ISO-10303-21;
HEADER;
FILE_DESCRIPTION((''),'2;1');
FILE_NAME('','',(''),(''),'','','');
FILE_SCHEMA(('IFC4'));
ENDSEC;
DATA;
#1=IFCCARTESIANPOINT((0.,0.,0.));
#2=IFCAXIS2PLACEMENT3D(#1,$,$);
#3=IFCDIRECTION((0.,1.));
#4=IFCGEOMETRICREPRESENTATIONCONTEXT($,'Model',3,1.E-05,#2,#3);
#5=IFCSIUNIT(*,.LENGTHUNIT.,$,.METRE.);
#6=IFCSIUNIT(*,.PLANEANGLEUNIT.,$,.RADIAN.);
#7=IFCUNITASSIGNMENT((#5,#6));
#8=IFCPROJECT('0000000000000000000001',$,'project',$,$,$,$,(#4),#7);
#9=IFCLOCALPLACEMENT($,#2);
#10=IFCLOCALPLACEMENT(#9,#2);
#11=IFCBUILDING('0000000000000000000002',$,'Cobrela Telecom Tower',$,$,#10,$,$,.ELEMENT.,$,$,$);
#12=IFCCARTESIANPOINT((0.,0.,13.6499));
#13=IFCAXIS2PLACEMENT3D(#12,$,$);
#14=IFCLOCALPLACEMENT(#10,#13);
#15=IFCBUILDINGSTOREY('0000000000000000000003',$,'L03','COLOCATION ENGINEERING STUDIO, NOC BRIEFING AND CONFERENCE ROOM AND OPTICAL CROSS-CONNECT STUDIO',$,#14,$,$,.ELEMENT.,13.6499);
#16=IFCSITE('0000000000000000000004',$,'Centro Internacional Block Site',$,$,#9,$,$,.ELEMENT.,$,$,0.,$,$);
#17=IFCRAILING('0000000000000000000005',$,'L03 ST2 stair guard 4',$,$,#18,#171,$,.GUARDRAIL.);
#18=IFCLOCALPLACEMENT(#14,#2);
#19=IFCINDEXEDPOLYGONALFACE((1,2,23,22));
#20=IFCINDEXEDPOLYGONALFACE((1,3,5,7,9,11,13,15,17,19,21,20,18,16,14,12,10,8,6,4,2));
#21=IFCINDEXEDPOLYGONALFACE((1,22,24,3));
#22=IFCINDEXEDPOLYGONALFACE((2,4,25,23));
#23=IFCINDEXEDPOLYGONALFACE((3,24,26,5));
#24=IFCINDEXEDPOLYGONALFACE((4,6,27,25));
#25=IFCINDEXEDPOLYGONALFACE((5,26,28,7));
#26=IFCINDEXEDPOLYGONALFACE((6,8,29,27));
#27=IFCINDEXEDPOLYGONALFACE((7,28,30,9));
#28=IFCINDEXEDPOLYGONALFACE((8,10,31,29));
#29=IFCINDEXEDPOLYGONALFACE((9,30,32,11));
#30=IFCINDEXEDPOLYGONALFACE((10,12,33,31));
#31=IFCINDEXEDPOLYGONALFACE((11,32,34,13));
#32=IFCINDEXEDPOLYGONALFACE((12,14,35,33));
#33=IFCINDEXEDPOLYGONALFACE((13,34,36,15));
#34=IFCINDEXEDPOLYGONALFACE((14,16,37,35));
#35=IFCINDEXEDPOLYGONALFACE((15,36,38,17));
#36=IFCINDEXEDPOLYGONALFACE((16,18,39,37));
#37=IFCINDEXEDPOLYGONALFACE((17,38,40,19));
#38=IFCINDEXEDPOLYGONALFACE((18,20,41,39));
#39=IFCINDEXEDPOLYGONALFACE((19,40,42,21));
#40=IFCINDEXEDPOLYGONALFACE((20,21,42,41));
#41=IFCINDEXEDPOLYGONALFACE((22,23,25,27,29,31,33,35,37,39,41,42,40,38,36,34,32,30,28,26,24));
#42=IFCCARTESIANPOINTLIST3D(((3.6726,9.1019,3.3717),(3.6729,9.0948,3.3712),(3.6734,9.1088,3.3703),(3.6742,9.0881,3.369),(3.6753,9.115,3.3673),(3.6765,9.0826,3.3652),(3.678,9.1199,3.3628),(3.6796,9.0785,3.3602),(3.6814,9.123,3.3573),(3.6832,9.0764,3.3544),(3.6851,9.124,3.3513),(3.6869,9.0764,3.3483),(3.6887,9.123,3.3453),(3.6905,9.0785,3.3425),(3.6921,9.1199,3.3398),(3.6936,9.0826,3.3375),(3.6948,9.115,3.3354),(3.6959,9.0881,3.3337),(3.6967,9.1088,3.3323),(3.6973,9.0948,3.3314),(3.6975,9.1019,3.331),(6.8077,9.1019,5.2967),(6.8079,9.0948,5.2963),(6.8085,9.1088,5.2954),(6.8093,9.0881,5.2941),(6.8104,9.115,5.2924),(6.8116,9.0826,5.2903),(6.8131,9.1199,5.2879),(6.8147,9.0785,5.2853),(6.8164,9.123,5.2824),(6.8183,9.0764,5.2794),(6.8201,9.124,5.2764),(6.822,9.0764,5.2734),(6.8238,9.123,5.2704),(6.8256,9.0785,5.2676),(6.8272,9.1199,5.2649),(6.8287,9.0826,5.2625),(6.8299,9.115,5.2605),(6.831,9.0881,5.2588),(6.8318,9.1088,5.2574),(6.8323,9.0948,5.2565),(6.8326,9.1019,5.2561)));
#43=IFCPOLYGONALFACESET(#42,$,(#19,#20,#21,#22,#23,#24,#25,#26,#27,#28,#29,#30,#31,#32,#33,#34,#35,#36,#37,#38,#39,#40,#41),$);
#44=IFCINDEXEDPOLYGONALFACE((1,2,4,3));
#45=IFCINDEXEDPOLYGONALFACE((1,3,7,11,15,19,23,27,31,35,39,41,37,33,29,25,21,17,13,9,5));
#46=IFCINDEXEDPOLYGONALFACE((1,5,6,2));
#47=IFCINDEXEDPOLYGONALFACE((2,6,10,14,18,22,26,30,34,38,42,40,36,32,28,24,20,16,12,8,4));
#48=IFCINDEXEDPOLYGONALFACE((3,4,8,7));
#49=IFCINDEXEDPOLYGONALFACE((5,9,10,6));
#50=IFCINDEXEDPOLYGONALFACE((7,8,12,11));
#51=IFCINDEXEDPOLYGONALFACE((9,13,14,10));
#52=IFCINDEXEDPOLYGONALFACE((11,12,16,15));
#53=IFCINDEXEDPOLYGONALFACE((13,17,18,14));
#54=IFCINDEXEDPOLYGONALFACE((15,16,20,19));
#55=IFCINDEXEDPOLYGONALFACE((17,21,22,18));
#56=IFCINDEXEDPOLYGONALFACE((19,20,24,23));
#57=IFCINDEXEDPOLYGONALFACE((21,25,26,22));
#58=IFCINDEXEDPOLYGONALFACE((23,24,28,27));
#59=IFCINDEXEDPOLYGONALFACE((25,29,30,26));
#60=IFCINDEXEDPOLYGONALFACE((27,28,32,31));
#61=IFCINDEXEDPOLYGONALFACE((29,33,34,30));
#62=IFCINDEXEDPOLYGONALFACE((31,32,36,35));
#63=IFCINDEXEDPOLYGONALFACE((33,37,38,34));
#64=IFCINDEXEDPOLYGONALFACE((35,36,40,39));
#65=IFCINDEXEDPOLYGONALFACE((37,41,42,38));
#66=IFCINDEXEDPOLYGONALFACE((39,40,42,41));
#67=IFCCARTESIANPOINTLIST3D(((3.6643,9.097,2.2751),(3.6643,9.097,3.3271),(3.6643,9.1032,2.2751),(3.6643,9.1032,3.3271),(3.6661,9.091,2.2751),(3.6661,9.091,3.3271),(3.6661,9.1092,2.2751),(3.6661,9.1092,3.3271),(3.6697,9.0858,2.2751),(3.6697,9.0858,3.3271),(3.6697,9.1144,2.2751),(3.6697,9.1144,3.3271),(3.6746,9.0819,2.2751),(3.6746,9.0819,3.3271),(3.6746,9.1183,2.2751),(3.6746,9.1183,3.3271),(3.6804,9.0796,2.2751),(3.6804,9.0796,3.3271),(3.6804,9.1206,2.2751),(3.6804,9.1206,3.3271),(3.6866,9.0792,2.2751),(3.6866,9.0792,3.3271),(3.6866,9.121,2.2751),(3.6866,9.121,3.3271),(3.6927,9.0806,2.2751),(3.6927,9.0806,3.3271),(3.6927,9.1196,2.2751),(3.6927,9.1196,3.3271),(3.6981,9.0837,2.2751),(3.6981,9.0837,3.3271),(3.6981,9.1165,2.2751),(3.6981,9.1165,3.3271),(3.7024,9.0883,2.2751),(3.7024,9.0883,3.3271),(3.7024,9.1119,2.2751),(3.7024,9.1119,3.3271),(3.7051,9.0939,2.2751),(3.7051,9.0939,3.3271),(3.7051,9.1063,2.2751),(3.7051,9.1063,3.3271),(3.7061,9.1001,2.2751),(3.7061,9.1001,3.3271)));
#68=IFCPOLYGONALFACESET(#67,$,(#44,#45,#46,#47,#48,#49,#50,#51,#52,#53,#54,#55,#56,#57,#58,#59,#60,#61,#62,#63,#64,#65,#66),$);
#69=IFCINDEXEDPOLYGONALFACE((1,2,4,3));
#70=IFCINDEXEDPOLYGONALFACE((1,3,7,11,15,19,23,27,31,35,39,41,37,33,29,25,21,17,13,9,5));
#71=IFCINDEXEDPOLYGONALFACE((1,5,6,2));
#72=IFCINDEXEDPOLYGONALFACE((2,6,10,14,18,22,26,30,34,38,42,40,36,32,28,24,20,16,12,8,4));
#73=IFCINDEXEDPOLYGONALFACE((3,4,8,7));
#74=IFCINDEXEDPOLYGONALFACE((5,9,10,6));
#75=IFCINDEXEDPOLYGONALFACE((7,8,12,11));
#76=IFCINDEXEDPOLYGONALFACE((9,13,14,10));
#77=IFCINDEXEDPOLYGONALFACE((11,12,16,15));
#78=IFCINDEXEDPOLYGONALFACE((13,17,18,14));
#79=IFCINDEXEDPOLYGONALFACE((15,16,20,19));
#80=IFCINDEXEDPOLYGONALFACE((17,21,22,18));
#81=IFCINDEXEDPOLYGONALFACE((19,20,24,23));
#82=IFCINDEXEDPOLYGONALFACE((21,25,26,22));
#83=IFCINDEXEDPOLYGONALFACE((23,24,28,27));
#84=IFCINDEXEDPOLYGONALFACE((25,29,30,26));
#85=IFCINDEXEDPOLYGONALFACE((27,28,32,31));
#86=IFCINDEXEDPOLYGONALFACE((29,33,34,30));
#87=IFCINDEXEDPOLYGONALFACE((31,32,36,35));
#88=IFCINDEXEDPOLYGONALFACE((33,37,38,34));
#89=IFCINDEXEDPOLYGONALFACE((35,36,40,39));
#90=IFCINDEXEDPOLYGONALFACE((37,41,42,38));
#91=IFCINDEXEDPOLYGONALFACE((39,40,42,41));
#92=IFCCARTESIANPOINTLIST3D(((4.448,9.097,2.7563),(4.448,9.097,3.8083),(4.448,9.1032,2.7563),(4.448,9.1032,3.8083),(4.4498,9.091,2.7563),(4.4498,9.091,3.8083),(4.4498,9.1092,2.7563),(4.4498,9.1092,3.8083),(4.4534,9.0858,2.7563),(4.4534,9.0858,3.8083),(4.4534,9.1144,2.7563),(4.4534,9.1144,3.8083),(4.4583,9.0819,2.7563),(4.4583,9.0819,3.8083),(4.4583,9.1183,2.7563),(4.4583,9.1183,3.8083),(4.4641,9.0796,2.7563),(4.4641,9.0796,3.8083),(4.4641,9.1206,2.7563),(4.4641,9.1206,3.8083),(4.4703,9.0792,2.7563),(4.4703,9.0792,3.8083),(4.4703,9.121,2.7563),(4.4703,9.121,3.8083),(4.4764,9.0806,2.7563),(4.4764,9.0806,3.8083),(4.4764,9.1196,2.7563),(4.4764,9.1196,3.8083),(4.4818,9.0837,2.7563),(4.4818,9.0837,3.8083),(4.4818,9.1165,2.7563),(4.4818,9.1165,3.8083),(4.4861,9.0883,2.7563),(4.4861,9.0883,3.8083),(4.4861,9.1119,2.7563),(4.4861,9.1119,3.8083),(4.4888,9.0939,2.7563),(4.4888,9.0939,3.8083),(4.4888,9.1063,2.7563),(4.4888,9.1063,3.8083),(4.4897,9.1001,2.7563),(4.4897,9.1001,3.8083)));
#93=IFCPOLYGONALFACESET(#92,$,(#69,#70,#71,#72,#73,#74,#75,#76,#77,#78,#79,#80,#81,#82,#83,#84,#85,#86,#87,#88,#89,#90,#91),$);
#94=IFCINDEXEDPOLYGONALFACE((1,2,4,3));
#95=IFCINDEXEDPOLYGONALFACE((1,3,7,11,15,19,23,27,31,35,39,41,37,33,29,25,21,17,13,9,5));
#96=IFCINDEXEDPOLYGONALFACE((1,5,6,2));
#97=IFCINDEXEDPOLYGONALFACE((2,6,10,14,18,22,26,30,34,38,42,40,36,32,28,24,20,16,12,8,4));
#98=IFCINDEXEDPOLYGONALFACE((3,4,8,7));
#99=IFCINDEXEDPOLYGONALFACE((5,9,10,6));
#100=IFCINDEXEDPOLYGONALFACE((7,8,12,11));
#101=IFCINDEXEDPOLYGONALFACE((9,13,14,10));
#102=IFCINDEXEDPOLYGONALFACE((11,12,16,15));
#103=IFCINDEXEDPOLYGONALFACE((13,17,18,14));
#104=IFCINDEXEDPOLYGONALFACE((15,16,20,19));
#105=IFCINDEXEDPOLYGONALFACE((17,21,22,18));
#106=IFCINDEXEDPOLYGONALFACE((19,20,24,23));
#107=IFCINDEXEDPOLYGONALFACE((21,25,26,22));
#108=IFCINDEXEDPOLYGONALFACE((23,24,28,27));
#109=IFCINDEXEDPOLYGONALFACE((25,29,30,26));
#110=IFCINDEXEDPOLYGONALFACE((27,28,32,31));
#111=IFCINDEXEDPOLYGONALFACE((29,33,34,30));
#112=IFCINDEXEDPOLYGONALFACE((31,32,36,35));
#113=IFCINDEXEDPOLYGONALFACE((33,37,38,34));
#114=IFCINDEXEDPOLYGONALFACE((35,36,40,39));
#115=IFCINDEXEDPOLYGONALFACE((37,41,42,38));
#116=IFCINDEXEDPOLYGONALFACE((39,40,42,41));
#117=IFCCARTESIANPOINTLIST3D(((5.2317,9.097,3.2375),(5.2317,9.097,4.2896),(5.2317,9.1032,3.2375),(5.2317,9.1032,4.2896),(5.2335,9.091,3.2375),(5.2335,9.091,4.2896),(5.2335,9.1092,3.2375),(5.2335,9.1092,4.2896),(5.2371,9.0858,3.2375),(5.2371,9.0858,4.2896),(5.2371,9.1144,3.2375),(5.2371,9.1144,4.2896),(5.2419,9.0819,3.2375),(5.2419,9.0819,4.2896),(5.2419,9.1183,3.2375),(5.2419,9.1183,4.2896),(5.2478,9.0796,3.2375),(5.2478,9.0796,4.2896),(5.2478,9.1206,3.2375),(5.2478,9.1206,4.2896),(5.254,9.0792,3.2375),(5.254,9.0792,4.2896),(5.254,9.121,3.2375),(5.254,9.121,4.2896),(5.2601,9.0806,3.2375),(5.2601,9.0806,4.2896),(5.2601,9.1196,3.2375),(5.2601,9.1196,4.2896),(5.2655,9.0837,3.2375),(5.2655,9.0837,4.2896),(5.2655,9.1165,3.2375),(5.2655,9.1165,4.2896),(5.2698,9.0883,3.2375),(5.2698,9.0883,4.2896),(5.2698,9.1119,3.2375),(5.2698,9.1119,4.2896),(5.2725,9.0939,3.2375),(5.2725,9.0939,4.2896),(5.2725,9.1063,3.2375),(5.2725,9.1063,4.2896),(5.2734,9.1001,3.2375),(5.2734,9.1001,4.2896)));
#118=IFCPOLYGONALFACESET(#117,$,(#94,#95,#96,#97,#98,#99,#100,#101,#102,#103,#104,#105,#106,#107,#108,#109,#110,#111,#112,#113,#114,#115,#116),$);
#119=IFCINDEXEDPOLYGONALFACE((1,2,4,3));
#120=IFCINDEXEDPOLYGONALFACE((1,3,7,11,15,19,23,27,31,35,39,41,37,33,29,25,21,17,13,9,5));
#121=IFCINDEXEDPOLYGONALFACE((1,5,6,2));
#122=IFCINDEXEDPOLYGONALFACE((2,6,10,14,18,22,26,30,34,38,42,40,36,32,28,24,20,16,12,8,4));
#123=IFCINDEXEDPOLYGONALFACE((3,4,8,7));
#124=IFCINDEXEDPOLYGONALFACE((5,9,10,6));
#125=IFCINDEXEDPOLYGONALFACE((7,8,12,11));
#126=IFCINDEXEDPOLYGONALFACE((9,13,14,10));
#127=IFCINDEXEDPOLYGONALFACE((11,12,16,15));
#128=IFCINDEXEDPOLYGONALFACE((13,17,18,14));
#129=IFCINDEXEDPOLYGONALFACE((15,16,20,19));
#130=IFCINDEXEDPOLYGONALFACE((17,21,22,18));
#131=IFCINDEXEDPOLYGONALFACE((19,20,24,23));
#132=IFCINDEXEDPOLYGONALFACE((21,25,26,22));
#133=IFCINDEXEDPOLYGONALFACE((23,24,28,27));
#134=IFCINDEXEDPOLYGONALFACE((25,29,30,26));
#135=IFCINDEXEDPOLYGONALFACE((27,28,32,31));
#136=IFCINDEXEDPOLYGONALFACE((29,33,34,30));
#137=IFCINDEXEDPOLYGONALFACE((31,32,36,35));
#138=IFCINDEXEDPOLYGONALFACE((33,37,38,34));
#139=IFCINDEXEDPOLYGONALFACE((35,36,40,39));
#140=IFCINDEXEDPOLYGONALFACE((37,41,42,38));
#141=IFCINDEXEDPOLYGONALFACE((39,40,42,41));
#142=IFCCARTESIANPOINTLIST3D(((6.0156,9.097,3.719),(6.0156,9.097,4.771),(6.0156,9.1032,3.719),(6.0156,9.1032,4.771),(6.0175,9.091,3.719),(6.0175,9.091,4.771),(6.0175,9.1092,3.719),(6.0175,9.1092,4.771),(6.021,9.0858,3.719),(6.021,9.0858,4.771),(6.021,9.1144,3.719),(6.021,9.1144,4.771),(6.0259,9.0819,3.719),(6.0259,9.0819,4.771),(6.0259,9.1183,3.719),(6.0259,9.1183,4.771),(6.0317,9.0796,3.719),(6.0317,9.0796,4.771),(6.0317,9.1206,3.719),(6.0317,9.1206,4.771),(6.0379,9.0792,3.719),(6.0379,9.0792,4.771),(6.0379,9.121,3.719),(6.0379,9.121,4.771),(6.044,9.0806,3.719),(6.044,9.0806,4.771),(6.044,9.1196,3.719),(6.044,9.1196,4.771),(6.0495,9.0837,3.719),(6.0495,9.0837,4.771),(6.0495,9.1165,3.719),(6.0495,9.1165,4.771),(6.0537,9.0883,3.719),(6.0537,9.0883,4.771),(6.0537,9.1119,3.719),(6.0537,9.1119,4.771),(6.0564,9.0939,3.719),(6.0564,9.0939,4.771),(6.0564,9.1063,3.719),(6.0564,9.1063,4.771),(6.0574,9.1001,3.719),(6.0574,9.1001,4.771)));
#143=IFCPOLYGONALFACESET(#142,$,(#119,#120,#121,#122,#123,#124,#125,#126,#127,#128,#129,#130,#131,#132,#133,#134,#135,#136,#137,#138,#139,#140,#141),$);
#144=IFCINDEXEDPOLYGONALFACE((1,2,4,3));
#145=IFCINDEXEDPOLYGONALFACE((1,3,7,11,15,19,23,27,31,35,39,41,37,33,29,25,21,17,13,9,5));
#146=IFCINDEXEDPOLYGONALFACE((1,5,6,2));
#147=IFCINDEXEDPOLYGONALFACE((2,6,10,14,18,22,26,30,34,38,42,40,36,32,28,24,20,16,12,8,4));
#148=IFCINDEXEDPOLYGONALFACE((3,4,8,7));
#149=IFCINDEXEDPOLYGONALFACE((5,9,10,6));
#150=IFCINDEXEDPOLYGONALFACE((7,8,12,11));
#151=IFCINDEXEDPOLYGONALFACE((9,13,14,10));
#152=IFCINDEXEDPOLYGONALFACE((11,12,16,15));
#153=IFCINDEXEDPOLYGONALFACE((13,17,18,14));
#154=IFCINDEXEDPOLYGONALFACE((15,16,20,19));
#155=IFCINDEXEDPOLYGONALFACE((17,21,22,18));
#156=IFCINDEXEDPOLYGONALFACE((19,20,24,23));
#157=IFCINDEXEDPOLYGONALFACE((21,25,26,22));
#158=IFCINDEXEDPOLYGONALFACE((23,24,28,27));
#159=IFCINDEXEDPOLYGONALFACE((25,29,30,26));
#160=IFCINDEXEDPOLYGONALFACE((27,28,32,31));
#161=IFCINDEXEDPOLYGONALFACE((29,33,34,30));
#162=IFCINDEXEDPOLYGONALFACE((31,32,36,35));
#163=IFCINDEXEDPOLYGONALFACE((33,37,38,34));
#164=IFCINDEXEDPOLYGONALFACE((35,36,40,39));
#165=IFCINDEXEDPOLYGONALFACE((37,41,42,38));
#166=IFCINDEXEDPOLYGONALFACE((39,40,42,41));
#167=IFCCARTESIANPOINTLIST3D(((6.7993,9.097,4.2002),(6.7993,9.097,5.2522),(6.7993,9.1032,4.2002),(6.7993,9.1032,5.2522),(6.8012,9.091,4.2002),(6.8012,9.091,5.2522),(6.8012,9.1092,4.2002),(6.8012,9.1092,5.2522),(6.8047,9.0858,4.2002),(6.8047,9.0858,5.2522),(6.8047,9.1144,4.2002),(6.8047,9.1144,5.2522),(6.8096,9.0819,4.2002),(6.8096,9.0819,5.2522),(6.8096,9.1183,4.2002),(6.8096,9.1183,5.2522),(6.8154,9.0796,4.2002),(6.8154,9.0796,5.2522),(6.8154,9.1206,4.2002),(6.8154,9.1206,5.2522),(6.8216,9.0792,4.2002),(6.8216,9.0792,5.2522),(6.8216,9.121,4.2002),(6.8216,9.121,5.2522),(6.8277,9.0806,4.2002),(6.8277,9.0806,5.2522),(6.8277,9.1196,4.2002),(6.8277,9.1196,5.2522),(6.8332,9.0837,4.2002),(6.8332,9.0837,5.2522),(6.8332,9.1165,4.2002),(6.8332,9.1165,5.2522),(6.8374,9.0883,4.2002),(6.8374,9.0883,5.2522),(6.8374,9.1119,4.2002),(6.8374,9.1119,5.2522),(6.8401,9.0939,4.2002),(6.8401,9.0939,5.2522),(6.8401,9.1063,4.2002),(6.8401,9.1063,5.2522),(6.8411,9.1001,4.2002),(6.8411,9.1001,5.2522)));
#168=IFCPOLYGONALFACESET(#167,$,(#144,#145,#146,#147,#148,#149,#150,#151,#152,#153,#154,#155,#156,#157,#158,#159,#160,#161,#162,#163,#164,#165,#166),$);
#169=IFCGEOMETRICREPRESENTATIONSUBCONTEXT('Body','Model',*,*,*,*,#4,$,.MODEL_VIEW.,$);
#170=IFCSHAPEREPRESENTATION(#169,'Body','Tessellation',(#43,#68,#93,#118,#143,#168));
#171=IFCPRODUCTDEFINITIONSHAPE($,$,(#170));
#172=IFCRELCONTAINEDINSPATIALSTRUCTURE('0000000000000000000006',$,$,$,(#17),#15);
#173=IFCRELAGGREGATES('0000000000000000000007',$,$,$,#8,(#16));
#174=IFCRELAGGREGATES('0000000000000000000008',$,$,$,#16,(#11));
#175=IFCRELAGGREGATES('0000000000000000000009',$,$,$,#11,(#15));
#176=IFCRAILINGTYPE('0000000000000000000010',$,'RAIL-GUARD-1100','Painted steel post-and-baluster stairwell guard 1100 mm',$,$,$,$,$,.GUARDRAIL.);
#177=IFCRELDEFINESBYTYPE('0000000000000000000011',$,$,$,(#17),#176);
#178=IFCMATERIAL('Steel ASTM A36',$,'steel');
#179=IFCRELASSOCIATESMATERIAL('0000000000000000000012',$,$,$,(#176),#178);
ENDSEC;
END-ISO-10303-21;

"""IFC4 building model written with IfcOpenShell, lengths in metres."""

from ifc_helpers import new_model, si_unit, direction, frame, origin, origin_2d, place, context, subcontext, project, spatial, circle, extrude, material, type_object, element, save


model = new_model("IFC4")

# Units and contexts
model_context = context("Model", 3, precision=1e-05, world=origin(), true_north=direction((0.0, 1.0)))
body_context = subcontext(model_context, "Body", "Model", "MODEL_VIEW")
ifc_project = project(units=[si_unit("LENGTHUNIT", "METRE"), si_unit("PLANEANGLEUNIT", "RADIAN")], contexts=[model_context])

# Site, building, storey
site_placement = place(None, origin())
site = spatial("IfcSite", under=ifc_project, at=site_placement, Name="Centro Internacional Block Site", CompositionType="ELEMENT", RefElevation=0.0)
building_placement = place(site_placement, origin())
building = spatial("IfcBuilding", under=site, at=building_placement, Name="Cobrela Telecom Tower", CompositionType="ELEMENT")
storey_placement = place(building_placement, frame((0.0, 0.0, 13.6499)))
storey = spatial("IfcBuildingStorey", under=building, at=storey_placement, Name="L03", Description="COLOCATION ENGINEERING STUDIO, NOC BRIEFING AND CONFERENCE ROOM AND OPTICAL CROSS-CONNECT STUDIO", CompositionType="ELEMENT", Elevation=13.6499)

# Railing
ifc_material_1 = material(Name="Steel ASTM A36", Category="steel")
railing_type_1 = type_object("IfcRailingType", Name="RAIL-GUARD-1100", Description="Painted steel post-and-baluster stairwell guard 1100 mm", PredefinedType="GUARDRAIL", material=ifc_material_1)
railing_1_placement = place(storey_placement, frame((3.6851, 9.1001, 2.2751)))
element("IfcRailing", 1, at=railing_1_placement, inside=storey, type_object=railing_type_1, Name="L03 ST2 stair guard 4", PredefinedType="GUARDRAIL", context=body_context, shape_type="SweptSolid", body=[
    extrude(circle(Radius=0.0239, at=origin_2d()), frame((0.0, 0.0, 1.0762), z_axis=(0.852166, 0.0, 0.523271), x_axis=(0.0, 1.0, 0.0)), (0.0, 0.0, 1.0), 3.679),
    extrude(circle(Radius=0.021, at=origin_2d()), origin(), (0.0, 0.0, 1.0), 1.052),
    extrude(circle(Radius=0.021, at=origin_2d()), frame((0.7837, 0.0, 0.4812)), (0.0, 0.0, 1.0), 1.052),
    extrude(circle(Radius=0.021, at=origin_2d()), frame((1.5674, 0.0, 0.9624)), (0.0, 0.0, 1.0), 1.052),
    extrude(circle(Radius=0.021, at=origin_2d()), frame((2.3513, 0.0, 1.4438)), (0.0, 0.0, 1.0), 1.052),
    extrude(circle(Radius=0.021, at=origin_2d()), frame((3.135, 0.0, 1.925)), (0.0, 0.0, 1.0), 1.052),
])

save(model, "model.ifc")
